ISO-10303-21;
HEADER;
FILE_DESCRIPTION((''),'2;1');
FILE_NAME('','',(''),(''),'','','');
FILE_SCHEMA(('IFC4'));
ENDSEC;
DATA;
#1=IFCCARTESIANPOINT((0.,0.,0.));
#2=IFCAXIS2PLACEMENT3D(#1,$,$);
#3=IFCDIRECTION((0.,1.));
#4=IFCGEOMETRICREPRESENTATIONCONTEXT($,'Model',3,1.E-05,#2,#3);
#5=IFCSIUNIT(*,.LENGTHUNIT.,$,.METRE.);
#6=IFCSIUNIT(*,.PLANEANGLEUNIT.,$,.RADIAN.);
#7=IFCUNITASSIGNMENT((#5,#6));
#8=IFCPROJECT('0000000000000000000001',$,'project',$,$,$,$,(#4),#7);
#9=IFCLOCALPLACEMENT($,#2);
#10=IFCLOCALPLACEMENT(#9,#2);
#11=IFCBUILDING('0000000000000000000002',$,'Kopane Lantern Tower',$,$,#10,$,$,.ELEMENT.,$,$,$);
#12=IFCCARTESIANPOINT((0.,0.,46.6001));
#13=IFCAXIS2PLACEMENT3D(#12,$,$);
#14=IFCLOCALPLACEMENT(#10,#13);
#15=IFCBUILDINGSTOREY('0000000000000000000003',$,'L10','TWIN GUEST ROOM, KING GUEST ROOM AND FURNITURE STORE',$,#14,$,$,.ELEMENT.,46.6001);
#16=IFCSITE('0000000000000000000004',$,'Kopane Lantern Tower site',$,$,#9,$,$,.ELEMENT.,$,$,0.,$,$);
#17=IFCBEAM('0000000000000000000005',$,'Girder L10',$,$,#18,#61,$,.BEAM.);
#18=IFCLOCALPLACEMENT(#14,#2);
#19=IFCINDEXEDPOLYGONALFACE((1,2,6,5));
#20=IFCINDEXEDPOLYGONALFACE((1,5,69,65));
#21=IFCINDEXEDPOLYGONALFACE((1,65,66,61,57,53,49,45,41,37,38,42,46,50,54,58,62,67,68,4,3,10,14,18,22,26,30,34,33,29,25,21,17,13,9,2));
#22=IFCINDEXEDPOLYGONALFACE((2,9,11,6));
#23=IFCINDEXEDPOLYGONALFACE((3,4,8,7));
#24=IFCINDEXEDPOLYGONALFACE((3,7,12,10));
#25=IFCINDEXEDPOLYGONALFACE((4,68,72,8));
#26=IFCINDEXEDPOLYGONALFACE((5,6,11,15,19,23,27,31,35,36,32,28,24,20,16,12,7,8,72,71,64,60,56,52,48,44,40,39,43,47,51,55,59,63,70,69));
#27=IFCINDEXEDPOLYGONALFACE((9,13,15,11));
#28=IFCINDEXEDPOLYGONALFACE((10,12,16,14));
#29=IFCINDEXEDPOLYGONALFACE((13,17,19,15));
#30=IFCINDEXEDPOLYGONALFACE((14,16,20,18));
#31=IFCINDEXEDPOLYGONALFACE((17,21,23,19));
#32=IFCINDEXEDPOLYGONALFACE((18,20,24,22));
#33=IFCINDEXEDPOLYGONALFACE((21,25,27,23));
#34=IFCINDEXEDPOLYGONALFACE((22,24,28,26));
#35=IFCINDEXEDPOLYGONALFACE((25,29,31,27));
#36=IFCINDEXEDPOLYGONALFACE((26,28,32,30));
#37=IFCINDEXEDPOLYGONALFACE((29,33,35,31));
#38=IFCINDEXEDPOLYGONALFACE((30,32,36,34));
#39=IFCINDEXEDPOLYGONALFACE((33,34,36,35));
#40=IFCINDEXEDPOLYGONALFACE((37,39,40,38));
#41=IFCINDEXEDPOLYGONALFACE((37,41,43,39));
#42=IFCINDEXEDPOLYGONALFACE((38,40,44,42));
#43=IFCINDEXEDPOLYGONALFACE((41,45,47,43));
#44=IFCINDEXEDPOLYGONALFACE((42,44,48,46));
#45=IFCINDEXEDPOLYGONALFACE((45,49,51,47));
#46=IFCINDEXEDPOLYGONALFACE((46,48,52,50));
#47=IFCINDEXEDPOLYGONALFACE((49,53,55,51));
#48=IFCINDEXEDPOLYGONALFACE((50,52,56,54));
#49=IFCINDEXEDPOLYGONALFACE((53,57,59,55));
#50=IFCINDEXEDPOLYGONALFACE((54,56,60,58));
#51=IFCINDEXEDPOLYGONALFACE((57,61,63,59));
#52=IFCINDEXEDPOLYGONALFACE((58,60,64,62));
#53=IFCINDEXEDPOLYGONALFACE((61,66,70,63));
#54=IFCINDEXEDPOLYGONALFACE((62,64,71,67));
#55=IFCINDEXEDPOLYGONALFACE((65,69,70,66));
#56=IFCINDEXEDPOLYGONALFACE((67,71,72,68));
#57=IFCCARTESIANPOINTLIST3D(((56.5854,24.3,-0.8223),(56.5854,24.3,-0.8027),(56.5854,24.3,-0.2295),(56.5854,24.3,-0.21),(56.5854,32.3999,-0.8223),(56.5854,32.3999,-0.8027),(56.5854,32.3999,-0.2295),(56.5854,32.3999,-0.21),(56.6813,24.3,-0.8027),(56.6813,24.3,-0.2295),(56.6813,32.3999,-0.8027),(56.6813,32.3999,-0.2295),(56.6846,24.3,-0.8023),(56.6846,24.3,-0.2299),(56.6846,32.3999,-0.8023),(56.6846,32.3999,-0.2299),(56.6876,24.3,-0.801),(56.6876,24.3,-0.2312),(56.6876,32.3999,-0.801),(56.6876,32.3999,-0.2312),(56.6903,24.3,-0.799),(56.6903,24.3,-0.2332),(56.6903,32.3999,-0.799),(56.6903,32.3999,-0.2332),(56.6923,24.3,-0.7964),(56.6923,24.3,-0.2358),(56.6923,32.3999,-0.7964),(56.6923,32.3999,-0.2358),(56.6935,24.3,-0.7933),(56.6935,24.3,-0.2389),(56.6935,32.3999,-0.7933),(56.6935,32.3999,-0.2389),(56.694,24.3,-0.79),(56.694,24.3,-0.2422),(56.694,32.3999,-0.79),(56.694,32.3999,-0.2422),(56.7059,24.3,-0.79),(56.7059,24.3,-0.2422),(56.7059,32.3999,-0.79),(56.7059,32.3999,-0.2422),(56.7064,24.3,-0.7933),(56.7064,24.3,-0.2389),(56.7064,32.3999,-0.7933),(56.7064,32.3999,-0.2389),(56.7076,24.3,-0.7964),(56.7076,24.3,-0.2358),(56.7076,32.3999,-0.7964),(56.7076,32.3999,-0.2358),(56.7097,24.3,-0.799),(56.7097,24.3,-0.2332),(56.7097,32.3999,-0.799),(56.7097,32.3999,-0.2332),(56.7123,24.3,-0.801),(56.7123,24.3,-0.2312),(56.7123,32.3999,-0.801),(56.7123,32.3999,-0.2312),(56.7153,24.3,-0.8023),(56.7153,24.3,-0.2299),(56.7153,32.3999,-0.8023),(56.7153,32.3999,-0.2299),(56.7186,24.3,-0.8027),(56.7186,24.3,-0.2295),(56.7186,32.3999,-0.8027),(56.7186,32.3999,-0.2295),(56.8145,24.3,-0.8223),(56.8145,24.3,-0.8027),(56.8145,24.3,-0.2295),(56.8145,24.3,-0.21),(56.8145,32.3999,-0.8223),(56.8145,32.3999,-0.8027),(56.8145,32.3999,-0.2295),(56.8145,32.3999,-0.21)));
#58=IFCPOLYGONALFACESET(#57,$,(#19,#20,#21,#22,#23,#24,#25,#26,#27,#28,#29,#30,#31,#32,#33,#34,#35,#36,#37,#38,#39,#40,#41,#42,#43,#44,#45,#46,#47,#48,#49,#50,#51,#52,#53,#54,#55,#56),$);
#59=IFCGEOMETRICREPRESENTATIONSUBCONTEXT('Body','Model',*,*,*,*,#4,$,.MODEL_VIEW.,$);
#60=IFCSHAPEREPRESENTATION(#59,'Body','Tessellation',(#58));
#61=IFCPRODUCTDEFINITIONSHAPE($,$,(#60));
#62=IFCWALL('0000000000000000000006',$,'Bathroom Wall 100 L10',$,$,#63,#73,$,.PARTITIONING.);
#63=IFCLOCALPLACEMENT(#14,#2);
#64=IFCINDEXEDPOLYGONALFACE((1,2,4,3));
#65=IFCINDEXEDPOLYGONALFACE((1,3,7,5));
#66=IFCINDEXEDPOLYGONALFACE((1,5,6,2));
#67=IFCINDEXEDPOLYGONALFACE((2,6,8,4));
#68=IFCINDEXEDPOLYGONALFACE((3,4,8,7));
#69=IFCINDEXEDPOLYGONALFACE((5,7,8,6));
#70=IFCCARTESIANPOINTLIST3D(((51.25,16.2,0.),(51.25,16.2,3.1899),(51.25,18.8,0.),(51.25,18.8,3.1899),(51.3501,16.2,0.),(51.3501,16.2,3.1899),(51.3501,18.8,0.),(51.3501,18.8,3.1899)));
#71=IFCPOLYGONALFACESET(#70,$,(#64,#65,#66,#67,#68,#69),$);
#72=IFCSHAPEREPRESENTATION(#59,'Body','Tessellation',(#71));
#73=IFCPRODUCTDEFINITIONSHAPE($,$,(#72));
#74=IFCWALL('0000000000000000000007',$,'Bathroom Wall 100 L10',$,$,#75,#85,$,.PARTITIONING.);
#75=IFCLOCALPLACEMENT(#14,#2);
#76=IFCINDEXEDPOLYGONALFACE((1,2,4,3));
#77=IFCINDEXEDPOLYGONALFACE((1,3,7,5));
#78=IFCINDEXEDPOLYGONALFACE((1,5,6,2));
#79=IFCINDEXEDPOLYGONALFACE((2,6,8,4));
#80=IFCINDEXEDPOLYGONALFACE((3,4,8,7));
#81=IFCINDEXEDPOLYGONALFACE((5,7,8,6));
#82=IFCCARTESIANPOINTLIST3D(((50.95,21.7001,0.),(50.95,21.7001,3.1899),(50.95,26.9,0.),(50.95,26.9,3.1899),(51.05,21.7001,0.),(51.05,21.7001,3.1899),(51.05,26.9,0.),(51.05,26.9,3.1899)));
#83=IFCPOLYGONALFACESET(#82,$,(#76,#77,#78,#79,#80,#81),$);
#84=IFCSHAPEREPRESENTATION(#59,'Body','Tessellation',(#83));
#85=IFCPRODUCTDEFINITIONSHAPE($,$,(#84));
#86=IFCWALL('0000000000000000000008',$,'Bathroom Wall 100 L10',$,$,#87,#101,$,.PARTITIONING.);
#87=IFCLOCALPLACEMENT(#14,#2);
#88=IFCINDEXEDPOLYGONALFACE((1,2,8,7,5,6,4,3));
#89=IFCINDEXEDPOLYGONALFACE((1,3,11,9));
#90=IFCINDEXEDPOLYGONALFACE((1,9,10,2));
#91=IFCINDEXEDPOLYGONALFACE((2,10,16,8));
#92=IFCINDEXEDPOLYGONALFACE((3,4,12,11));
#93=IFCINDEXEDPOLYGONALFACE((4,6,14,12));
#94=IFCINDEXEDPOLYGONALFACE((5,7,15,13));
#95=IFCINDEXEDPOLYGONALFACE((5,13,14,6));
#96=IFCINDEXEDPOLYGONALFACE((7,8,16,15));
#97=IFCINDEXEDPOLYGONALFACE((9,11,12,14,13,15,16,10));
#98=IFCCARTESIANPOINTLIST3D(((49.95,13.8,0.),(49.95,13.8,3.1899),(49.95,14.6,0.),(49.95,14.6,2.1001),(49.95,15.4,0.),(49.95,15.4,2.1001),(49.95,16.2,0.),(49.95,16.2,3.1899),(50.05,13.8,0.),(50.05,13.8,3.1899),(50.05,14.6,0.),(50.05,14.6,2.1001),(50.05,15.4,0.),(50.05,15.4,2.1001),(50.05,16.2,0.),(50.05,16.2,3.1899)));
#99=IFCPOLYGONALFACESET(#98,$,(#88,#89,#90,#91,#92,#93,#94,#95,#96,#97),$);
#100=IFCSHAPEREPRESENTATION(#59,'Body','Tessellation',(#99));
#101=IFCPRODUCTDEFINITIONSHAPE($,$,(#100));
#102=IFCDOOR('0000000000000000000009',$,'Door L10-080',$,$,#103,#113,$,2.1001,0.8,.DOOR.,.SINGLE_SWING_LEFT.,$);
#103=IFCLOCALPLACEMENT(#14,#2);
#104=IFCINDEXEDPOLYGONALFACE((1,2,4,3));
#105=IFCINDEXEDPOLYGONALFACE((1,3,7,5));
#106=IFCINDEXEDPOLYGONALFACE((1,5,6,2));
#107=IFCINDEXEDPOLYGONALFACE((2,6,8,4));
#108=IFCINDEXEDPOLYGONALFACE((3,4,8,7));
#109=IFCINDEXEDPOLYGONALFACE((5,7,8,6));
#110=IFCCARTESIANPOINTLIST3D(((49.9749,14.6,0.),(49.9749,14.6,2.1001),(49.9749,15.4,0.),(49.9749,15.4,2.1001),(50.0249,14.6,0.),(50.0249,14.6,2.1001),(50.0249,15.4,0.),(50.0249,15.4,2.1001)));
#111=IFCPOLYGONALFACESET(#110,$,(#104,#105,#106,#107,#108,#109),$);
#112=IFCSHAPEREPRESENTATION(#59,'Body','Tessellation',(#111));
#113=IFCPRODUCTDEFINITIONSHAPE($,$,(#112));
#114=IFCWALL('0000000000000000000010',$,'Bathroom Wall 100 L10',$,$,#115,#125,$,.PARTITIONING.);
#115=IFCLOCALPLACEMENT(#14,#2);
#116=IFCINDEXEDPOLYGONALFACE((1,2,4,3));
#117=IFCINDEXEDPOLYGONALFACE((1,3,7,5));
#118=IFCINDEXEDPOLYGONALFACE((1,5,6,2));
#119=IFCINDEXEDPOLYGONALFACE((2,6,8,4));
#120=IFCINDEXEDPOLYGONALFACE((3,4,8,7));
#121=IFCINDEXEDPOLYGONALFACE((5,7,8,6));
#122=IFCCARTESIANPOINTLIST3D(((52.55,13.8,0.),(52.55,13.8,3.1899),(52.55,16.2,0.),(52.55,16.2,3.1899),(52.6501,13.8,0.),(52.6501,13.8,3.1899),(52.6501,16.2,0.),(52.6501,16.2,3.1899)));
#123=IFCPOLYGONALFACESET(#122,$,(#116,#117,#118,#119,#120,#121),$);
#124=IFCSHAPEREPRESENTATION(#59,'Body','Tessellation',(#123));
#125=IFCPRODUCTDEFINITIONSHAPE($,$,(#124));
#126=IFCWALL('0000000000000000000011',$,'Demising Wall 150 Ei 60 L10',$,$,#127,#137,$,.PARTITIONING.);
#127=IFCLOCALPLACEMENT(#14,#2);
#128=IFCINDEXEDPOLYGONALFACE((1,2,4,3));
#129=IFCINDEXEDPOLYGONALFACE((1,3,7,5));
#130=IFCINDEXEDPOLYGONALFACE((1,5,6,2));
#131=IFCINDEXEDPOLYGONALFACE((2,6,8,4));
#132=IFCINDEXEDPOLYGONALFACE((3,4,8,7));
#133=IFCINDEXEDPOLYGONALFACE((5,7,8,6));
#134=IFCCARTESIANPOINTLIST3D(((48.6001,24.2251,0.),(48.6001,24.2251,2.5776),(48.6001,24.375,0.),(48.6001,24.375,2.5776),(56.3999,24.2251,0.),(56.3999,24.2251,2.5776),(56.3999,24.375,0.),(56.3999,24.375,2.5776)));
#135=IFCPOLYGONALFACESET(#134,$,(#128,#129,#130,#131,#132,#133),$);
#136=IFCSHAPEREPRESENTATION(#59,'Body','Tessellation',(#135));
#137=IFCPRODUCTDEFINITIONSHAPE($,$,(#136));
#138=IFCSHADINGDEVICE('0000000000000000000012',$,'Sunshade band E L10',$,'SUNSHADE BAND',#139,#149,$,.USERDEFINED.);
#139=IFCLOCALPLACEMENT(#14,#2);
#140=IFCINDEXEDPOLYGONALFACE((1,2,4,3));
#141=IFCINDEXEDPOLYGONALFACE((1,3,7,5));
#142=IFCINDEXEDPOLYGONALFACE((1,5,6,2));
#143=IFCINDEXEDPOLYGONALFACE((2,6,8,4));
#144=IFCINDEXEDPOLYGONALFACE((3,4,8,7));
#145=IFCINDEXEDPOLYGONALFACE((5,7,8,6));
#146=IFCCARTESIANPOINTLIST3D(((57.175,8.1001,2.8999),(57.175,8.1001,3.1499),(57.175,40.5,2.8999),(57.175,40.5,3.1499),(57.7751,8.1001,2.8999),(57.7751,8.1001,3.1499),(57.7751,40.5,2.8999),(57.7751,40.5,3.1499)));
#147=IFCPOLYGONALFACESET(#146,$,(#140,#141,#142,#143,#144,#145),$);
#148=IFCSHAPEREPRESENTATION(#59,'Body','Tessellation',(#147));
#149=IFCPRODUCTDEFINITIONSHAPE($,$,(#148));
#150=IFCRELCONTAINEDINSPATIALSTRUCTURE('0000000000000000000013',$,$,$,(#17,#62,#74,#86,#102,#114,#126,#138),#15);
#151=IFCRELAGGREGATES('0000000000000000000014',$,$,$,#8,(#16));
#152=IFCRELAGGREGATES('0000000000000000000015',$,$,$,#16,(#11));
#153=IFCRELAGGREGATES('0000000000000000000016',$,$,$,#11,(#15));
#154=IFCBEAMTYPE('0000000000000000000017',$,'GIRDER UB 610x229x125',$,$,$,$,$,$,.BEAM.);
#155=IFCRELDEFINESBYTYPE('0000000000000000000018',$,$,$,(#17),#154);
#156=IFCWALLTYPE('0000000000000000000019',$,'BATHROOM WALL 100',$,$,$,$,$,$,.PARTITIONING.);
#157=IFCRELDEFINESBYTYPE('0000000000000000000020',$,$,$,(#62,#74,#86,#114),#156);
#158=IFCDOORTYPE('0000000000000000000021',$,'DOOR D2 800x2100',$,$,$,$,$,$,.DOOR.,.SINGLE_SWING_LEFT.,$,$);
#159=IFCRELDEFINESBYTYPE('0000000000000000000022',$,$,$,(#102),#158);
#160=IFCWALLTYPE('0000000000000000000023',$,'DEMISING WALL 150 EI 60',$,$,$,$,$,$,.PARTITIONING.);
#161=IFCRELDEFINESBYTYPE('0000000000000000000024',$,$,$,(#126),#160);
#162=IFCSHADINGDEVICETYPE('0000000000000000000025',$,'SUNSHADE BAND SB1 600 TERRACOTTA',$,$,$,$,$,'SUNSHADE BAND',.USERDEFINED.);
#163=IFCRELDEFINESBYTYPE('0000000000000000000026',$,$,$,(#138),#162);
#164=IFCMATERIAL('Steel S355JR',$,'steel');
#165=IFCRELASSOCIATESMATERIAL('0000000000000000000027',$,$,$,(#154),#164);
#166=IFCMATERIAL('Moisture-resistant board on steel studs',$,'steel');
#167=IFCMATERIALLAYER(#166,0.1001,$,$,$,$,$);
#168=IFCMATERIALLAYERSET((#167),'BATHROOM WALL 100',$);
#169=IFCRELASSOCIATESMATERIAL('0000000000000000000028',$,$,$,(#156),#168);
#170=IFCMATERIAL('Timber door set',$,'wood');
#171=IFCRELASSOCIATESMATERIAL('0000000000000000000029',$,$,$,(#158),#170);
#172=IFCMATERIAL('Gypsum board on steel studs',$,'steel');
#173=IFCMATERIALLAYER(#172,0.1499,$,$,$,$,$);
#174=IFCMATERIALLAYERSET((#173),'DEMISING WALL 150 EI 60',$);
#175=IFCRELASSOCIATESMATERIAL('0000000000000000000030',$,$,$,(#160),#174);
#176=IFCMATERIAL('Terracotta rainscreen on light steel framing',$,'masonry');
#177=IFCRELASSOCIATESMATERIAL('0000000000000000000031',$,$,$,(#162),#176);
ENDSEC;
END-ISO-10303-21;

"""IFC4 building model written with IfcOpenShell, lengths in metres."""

from ifc_helpers import new_model, si_unit, direction, frame, frame_2d, origin, origin_2d, place, context, subcontext, project, spatial, rectangle, i_section, extrude, material, layer, layer_set, material_profile, profile_set, type_object, element, fill, save


model = new_model("IFC4")

# Units and contexts
model_context = context("Model", 3, precision=1e-05, world=origin(), true_north=direction((0.0, 1.0)))
body_context = subcontext(model_context, "Body", "Model", "MODEL_VIEW")
ifc_project = project(units=[si_unit("LENGTHUNIT", "METRE"), si_unit("PLANEANGLEUNIT", "RADIAN")], contexts=[model_context])

# Site, building, storey
site_placement = place(None, origin())
site = spatial("IfcSite", under=ifc_project, at=site_placement, Name="Kopane Lantern Tower site", CompositionType="ELEMENT", RefElevation=0.0)
building_placement = place(site_placement, origin())
building = spatial("IfcBuilding", under=site, at=building_placement, Name="Kopane Lantern Tower", CompositionType="ELEMENT")
storey_placement = place(building_placement, frame((0.0, 0.0, 46.6001)))
storey = spatial("IfcBuildingStorey", under=building, at=storey_placement, Name="L10", Description="TWIN GUEST ROOM, KING GUEST ROOM AND FURNITURE STORE", CompositionType="ELEMENT", Elevation=46.6001)

# Beam
ifc_material_1 = material(Name="Steel S355JR", Category="steel")
ifc_material_profile_1 = material_profile(ifc_material_1, i_section(OverallWidth=0.229, OverallDepth=0.6123, WebThickness=0.012, FlangeThickness=0.0195, FilletRadius=0.0127, at=origin_2d()), Name="UB 610x229x125")
ifc_profile_set_1 = profile_set([ifc_material_profile_1], Name="Steel S355JR")
beam_type = type_object("IfcBeamType", Name="GIRDER UB 610x229x125", PredefinedType="BEAM", material=ifc_profile_set_1)
beam_1_placement = place(storey_placement, frame((56.7, 24.3, -0.5161), z_axis=(0.0, 1.0, 0.0), x_axis=(-1.0, 0.0, 0.0)))
element("IfcBeam", 1, at=beam_1_placement, inside=storey, type_object=beam_type, Name="Girder L10", PredefinedType="BEAM", context=body_context, shape_type="SweptSolid", body=[
    extrude(i_section(OverallWidth=0.229, OverallDepth=0.6123, WebThickness=0.012, FlangeThickness=0.0195, FilletRadius=0.0127, at=origin_2d()), origin(), (0.0, 0.0, 1.0), 8.0999),
])

# Walls
ifc_material_2 = material(Name="Moisture-resistant board on steel studs", Category="steel")
ifc_layer_1 = layer(ifc_material_2, 0.1001)
ifc_layer_set_1 = layer_set([ifc_layer_1], Name="BATHROOM WALL 100")
wall_type_1 = type_object("IfcWallType", Name="BATHROOM WALL 100", PredefinedType="PARTITIONING", material=ifc_layer_set_1)
wall_1_placement = place(storey_placement, frame((51.3, 16.2, 0.0), z_axis=(0.0, 0.0, 1.0), x_axis=(0.0, 1.0, 0.0)))
element("IfcWall", 2, at=wall_1_placement, inside=storey, type_object=wall_type_1, Name="Bathroom Wall 100 L10", PredefinedType="PARTITIONING", context=body_context, shape_type="SweptSolid", body=[
    extrude(rectangle(XDim=2.6001, YDim=0.1001, at=frame_2d((1.3, 0.0))), origin(), (0.0, 0.0, 1.0), 3.1899),
])
wall_2_placement = place(storey_placement, frame((51.0, 21.7, 0.0), z_axis=(0.0, 0.0, 1.0), x_axis=(0.0, 1.0, 0.0)))
element("IfcWall", 3, at=wall_2_placement, inside=storey, type_object=wall_type_1, Name="Bathroom Wall 100 L10", PredefinedType="PARTITIONING", context=body_context, shape_type="SweptSolid", body=[
    extrude(rectangle(XDim=5.2, YDim=0.1001, at=frame_2d((2.6001, 0.0))), origin(), (0.0, 0.0, 1.0), 3.1899),
])

# Wall, opening, door
wall_3_placement = place(storey_placement, frame((50.0, 16.2, 0.0), z_axis=(0.0, 0.0, 1.0), x_axis=(0.0, -1.0, 0.0)))
wall_3 = element("IfcWall", 4, at=wall_3_placement, inside=storey, type_object=wall_type_1, Name="Bathroom Wall 100 L10", PredefinedType="PARTITIONING", context=body_context, shape_type="SweptSolid", body=[
    extrude(rectangle(XDim=2.3999, YDim=0.1001, at=frame_2d((1.2, 0.0))), origin(), (0.0, 0.0, 1.0), 3.1899),
])
opening_placement = place(wall_3_placement, frame((0.8, 0.0, 0.0)))
opening = element("IfcOpeningElement", 5, at=opening_placement, cuts=wall_3, PredefinedType="OPENING", context=body_context, shape_type="SweptSolid", body=[
    extrude(rectangle(XDim=0.8, YDim=2.1001, at=frame_2d((0.3999, 1.05))), frame((0.0, 0.0601, 0.0), z_axis=(0.0, -1.0, 0.0), x_axis=(1.0, 0.0, 0.0)), (0.0, 0.0, 1.0), 0.1201),
])
ifc_material_3 = material(Name="Timber door set", Category="wood")
door_type = type_object("IfcDoorType", Name="DOOR D2 800x2100", OperationType="SINGLE_SWING_LEFT", PredefinedType="DOOR", material=ifc_material_3)
door_placement = place(opening_placement, origin())
door = element("IfcDoor", 6, at=door_placement, inside=storey, type_object=door_type, Name="Door L10-080", OperationType="SINGLE_SWING_LEFT", OverallHeight=2.1001, OverallWidth=0.8, PredefinedType="DOOR", context=body_context, shape_type="SweptSolid", body=[
    extrude(rectangle(XDim=0.8, YDim=2.1001, at=frame_2d((0.3999, 1.05))), frame((0.0, 0.0249, 0.0), z_axis=(0.0, -1.0, 0.0), x_axis=(1.0, 0.0, 0.0)), (0.0, 0.0, 1.0), 0.05),
])
fill(opening, door)

# Walls
wall_4_placement = place(storey_placement, frame((52.6001, 16.2, 0.0), z_axis=(0.0, 0.0, 1.0), x_axis=(0.0, -1.0, 0.0)))
element("IfcWall", 7, at=wall_4_placement, inside=storey, type_object=wall_type_1, Name="Bathroom Wall 100 L10", PredefinedType="PARTITIONING", context=body_context, shape_type="SweptSolid", body=[
    extrude(rectangle(XDim=2.3999, YDim=0.1001, at=frame_2d((1.2, 0.0))), origin(), (0.0, 0.0, 1.0), 3.1899),
])
ifc_material_4 = material(Name="Gypsum board on steel studs", Category="steel")
ifc_layer_2 = layer(ifc_material_4, 0.1499)
ifc_layer_set_2 = layer_set([ifc_layer_2], Name="DEMISING WALL 150 EI 60")
wall_type_2 = type_object("IfcWallType", Name="DEMISING WALL 150 EI 60", PredefinedType="PARTITIONING", material=ifc_layer_set_2)
wall_5_placement = place(storey_placement, frame((48.6001, 24.3, 0.0), z_axis=(0.0, 0.0, 1.0), x_axis=(1.0, 0.0, 0.0)))
element("IfcWall", 8, at=wall_5_placement, inside=storey, type_object=wall_type_2, Name="Demising Wall 150 Ei 60 L10", PredefinedType="PARTITIONING", context=body_context, shape_type="SweptSolid", body=[
    extrude(rectangle(XDim=7.7998, YDim=0.1499, at=frame_2d((3.8999, 0.0))), origin(), (0.0, 0.0, 1.0), 2.5776),
])

# Shading device
ifc_material_5 = material(Name="Terracotta rainscreen on light steel framing", Category="masonry")
shading_device_type = type_object("IfcShadingDeviceType", Name="SUNSHADE BAND SB1 600 TERRACOTTA", ElementType="SUNSHADE BAND", PredefinedType="USERDEFINED", material=ifc_material_5)
shading_device_placement = place(storey_placement, frame((57.4751, 24.3, 2.8999), z_axis=(0.0, 0.0, 1.0), x_axis=(0.0, 1.0, 0.0)))
element("IfcShadingDevice", 9, at=shading_device_placement, inside=storey, type_object=shading_device_type, Name="Sunshade band E L10", ObjectType="SUNSHADE BAND", PredefinedType="USERDEFINED", context=body_context, shape_type="SweptSolid", body=[
    extrude(rectangle(XDim=32.3999, YDim=0.6001, at=origin_2d()), origin(), (0.0, 0.0, 1.0), 0.25),
])

save(model, "model.ifc")
